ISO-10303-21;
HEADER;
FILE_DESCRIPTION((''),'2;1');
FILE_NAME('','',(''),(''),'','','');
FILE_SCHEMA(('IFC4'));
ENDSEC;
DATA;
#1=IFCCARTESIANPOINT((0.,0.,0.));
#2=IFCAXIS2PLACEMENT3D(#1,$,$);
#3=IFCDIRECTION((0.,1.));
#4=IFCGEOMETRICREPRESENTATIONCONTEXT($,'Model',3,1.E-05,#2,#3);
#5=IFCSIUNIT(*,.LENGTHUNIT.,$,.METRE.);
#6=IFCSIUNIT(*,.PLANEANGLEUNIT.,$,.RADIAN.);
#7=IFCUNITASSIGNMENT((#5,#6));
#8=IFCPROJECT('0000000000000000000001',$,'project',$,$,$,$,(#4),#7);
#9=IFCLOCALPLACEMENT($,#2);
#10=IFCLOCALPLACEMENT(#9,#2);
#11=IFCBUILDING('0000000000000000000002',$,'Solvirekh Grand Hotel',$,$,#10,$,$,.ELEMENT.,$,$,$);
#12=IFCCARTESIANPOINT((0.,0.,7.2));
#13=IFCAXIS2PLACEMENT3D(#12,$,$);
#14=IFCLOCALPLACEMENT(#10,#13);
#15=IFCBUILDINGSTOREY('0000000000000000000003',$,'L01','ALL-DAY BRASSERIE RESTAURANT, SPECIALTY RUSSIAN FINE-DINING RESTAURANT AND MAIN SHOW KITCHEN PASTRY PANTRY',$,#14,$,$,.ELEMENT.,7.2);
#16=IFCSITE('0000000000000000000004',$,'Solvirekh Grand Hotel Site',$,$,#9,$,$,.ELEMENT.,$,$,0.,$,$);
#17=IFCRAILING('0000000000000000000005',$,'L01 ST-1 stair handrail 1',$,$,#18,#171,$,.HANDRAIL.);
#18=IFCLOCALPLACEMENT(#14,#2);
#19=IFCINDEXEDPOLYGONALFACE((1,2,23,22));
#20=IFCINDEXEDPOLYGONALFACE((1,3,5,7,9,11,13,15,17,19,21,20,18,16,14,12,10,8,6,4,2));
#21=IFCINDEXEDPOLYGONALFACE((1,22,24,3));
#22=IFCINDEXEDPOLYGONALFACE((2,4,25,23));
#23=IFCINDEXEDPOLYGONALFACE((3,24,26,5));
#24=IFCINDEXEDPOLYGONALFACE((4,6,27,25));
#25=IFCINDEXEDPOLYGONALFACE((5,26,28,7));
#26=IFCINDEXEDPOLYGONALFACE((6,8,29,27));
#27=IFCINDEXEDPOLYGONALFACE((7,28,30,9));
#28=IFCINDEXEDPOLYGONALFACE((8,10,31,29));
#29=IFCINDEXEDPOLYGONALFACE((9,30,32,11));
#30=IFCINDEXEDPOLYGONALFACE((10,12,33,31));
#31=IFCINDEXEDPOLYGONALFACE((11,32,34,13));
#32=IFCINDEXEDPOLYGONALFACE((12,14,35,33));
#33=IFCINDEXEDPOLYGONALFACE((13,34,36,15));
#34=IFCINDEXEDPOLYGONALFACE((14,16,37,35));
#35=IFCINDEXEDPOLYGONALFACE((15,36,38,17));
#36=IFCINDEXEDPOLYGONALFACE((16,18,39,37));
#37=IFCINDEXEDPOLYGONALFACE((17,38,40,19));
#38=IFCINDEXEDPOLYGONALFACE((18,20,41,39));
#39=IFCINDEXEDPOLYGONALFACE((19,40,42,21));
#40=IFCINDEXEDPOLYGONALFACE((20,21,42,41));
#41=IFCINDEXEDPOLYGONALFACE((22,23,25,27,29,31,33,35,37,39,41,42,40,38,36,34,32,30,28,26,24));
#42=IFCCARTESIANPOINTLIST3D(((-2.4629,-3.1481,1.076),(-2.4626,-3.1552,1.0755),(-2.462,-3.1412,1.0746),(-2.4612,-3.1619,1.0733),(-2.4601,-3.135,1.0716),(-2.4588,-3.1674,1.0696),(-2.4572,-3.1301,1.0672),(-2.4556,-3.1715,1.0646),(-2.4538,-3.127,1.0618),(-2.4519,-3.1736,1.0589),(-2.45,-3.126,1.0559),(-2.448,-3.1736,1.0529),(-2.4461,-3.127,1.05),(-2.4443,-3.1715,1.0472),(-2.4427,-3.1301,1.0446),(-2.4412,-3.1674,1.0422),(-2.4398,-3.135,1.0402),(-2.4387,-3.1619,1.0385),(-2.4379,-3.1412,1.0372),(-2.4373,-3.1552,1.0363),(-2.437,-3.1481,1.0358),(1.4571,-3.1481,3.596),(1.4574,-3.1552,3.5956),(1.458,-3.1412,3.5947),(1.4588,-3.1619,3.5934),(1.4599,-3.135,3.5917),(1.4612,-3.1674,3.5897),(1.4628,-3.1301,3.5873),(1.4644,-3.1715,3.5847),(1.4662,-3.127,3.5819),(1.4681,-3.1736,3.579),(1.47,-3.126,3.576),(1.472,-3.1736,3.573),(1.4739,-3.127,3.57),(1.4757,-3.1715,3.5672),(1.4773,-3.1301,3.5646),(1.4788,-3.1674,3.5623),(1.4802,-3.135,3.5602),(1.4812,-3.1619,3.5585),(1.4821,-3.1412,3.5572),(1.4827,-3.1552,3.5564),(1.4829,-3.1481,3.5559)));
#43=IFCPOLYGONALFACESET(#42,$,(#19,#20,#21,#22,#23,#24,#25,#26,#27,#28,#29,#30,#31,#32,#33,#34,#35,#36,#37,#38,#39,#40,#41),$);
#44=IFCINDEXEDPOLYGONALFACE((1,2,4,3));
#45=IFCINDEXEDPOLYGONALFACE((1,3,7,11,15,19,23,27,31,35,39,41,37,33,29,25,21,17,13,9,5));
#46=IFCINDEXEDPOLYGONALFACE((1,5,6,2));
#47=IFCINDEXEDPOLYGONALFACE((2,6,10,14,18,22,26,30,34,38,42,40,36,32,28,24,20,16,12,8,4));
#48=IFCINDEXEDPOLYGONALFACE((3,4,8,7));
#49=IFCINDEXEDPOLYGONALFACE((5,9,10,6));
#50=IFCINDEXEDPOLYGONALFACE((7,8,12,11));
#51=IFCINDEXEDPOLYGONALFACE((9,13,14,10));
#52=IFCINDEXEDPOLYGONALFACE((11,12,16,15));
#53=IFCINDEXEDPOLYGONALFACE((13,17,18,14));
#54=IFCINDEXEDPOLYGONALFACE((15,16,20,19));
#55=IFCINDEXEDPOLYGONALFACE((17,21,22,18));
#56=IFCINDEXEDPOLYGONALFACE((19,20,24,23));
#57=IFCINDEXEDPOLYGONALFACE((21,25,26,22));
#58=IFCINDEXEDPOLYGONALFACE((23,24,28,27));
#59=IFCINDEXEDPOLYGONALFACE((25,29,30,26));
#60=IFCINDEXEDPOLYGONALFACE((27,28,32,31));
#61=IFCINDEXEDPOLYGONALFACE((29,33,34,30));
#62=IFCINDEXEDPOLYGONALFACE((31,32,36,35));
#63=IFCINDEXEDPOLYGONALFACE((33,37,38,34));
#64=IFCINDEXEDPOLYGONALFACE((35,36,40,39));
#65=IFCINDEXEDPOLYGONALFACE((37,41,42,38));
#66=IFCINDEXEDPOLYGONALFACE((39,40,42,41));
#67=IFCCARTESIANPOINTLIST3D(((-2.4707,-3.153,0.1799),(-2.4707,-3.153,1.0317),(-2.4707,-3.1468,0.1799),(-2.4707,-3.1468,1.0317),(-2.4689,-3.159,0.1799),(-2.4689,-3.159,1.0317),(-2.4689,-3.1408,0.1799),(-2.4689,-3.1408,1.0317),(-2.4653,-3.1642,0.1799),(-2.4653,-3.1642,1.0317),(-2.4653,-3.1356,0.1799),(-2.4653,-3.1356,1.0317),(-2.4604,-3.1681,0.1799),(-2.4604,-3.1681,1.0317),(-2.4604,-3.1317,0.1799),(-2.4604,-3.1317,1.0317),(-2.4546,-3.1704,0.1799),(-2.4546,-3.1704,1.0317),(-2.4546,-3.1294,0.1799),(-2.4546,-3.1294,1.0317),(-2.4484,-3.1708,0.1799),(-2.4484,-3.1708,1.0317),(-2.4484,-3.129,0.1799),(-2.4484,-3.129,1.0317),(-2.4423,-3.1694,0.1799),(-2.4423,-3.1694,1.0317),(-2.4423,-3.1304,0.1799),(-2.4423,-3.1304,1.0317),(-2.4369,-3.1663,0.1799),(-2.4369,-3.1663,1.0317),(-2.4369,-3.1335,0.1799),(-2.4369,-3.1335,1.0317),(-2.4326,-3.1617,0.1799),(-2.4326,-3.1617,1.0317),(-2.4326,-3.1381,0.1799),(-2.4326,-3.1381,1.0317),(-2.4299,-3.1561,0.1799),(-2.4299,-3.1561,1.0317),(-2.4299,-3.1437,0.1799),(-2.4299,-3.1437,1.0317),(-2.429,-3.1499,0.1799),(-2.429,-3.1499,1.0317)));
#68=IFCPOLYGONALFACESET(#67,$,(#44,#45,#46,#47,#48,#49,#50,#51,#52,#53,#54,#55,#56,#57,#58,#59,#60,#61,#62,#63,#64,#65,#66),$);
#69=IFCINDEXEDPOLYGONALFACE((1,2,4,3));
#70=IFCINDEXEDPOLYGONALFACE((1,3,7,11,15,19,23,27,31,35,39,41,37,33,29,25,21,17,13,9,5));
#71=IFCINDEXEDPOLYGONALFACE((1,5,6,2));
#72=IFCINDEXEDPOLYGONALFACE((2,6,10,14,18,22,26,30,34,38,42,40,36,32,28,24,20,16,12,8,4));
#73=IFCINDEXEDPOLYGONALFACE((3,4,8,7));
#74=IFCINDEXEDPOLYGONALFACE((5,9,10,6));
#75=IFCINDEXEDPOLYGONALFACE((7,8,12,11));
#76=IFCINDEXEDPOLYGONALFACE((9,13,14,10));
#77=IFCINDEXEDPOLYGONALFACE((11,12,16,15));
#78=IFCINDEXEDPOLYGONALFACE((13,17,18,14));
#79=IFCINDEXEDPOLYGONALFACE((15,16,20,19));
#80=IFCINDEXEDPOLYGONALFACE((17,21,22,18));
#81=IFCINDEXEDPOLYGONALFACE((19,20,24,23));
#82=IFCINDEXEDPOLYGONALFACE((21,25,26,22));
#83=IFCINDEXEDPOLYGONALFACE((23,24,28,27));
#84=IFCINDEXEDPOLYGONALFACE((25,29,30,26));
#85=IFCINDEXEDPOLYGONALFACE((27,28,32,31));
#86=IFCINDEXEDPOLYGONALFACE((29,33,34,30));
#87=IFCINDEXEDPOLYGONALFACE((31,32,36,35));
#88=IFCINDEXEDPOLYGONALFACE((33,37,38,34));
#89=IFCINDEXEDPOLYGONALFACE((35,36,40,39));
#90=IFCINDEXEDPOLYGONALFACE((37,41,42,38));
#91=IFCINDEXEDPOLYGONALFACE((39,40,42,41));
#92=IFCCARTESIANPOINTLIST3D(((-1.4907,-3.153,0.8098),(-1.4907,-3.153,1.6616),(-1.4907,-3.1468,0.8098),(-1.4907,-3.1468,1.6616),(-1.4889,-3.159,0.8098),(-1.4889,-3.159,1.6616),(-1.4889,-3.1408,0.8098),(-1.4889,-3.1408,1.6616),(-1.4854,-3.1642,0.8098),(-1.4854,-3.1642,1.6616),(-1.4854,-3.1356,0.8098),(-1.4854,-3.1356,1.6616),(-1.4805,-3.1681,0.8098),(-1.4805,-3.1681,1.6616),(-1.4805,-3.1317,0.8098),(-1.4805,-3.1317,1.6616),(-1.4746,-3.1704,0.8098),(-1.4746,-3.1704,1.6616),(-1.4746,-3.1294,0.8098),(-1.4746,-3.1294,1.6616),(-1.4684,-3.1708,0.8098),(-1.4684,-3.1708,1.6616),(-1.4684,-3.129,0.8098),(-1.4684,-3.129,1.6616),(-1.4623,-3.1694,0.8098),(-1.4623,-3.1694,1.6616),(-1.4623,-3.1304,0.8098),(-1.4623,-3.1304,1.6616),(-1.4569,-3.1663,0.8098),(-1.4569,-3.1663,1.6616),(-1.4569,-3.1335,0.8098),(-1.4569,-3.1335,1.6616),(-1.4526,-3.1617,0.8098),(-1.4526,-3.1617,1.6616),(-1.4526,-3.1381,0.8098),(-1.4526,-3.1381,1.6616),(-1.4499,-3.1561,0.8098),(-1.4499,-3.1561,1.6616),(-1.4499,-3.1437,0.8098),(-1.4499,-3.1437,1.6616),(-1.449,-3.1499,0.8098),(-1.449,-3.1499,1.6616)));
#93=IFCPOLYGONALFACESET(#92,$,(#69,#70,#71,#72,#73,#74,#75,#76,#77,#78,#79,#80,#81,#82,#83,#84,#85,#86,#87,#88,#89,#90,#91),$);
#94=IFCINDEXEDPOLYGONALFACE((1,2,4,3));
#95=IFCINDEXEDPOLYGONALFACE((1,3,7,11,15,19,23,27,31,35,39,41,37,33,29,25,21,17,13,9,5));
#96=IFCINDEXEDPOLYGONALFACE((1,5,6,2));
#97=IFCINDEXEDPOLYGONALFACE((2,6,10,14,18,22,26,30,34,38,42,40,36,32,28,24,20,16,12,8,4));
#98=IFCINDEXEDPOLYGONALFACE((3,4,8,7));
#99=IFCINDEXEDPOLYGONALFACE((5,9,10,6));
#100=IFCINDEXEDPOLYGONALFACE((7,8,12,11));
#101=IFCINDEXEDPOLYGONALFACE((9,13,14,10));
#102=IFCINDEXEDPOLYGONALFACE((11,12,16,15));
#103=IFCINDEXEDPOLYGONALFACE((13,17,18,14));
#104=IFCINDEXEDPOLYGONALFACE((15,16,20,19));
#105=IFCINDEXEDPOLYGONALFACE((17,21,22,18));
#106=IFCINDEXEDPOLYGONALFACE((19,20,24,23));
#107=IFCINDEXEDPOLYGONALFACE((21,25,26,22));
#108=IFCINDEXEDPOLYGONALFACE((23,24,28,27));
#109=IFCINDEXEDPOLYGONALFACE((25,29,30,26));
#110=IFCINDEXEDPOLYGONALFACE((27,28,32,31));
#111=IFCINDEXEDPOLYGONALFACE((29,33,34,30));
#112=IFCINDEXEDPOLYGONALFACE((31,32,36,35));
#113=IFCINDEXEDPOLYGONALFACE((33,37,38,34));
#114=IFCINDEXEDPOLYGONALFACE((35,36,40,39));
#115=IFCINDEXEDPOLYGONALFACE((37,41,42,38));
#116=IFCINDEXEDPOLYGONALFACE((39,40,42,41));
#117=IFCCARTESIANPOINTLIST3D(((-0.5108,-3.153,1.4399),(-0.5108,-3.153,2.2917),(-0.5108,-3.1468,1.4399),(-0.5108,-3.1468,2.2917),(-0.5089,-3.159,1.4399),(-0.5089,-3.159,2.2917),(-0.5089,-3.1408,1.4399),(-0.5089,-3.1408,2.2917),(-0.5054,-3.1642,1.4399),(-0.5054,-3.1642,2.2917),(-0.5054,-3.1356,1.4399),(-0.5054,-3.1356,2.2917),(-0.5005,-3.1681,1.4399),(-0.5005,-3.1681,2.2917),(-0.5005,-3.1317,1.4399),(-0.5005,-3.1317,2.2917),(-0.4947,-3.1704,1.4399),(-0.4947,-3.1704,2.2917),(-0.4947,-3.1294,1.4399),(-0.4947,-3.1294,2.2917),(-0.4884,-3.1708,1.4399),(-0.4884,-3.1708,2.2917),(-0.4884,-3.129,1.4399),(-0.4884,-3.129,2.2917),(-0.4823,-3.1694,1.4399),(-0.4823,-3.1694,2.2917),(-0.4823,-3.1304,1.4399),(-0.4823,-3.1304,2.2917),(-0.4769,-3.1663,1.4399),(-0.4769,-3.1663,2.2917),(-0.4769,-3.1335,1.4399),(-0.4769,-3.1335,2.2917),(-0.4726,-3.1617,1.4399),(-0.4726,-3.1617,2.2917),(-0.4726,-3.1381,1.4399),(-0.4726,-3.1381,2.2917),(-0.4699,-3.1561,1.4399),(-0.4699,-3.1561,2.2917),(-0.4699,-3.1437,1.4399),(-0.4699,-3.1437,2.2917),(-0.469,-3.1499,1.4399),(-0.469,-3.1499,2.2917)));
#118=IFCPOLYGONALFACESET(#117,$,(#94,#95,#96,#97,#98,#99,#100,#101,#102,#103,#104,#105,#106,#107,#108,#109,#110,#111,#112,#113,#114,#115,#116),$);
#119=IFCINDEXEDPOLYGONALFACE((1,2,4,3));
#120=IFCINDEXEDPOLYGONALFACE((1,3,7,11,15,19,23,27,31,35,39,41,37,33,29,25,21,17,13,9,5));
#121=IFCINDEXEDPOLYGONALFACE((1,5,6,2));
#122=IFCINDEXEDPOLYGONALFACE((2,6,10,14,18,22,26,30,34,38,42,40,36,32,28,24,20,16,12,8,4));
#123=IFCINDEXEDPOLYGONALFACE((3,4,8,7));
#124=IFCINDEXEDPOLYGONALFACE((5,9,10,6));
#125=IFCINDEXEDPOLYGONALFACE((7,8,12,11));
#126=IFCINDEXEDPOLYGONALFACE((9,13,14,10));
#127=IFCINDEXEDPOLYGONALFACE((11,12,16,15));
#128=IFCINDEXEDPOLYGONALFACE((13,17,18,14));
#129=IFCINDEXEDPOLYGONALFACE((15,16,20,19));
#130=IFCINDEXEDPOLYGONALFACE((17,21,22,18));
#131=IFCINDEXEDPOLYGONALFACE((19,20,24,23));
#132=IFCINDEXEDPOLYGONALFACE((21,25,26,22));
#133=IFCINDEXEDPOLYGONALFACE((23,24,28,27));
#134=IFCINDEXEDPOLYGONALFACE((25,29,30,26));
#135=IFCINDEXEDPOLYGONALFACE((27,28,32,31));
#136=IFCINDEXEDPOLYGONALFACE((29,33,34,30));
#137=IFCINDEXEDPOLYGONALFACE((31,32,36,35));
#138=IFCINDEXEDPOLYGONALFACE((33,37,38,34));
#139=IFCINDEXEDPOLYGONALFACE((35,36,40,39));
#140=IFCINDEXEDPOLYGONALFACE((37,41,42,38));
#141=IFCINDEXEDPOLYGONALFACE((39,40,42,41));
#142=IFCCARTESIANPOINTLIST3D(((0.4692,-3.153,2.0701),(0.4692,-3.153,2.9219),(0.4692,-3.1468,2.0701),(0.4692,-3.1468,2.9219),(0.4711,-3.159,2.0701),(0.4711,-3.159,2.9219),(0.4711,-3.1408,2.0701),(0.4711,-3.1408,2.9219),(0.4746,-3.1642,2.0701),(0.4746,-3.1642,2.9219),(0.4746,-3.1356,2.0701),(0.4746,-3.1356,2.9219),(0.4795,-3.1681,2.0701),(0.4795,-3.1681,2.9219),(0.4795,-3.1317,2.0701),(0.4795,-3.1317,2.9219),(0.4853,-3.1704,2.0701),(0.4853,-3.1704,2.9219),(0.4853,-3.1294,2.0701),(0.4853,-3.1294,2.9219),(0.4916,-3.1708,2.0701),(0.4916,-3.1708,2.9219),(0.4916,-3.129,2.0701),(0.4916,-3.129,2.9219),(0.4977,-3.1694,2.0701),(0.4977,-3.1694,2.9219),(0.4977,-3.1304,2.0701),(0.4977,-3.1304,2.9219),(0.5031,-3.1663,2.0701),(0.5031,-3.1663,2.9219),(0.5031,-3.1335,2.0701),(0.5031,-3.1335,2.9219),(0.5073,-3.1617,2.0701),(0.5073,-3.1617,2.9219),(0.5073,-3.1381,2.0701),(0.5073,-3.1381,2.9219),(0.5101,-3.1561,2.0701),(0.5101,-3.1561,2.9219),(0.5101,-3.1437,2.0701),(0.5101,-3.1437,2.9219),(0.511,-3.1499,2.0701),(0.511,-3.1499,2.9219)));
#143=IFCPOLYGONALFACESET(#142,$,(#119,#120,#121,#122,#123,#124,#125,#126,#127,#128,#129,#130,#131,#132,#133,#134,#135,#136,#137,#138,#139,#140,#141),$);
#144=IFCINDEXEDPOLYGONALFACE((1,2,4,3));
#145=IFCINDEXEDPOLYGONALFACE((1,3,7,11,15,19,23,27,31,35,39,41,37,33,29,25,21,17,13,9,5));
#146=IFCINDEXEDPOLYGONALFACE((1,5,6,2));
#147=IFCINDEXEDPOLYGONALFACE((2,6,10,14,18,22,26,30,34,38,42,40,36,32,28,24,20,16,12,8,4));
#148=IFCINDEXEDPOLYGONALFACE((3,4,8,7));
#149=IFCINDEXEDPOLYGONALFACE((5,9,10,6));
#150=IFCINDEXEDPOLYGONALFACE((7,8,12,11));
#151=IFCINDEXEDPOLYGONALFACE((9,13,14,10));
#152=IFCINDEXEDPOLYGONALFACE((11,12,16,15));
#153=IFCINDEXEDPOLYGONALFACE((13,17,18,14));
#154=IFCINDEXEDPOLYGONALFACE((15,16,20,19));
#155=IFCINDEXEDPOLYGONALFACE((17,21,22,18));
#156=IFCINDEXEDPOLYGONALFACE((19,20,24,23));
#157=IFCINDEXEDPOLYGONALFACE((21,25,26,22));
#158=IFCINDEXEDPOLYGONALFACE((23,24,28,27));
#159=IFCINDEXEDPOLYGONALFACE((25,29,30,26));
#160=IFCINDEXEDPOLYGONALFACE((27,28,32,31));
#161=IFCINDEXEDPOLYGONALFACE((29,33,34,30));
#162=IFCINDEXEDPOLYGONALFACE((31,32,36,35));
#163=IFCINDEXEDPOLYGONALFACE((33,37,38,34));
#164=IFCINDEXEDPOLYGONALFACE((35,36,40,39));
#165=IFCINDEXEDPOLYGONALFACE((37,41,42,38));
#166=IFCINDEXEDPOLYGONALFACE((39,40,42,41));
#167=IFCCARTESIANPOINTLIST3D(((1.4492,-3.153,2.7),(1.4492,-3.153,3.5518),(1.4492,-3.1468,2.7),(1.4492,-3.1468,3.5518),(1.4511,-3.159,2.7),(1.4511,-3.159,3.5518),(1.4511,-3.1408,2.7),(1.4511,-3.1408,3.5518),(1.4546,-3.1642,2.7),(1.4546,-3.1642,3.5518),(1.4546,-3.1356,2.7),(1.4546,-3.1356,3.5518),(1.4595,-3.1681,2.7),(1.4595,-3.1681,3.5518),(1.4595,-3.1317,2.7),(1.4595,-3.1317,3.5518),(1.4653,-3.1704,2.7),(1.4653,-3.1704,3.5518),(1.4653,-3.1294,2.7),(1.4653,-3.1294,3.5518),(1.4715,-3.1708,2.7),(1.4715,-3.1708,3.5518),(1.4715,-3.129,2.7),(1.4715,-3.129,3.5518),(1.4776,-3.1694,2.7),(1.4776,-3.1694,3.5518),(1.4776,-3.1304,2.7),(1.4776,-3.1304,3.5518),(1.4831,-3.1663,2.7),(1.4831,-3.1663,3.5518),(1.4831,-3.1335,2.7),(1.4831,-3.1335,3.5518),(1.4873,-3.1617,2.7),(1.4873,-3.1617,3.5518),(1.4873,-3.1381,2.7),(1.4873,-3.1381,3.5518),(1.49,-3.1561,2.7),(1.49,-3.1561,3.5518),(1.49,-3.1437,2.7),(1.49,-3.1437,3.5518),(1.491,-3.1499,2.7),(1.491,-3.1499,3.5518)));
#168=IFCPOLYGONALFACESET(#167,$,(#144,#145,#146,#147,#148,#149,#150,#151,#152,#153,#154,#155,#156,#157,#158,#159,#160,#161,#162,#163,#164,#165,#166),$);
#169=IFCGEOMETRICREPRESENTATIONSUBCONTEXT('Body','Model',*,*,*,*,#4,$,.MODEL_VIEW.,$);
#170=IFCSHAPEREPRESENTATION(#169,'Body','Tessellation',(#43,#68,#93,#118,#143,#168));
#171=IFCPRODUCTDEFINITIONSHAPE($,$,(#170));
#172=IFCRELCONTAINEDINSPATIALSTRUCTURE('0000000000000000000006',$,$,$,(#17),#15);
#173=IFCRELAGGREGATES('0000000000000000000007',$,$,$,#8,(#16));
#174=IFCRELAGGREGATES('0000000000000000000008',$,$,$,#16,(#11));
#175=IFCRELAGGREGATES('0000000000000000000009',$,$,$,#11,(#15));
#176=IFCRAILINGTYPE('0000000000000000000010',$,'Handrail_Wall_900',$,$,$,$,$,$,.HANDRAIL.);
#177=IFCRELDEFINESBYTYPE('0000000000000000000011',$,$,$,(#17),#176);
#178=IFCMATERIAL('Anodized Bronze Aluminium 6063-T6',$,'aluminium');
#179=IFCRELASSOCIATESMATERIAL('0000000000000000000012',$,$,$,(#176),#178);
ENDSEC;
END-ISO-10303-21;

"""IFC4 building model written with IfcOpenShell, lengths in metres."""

from ifc_helpers import new_model, si_unit, direction, frame, origin, origin_2d, place, context, subcontext, project, spatial, circle, extrude, material, type_object, element, save


model = new_model("IFC4")

# Units and contexts
model_context = context("Model", 3, precision=1e-05, world=origin(), true_north=direction((0.0, 1.0)))
body_context = subcontext(model_context, "Body", "Model", "MODEL_VIEW")
ifc_project = project(units=[si_unit("LENGTHUNIT", "METRE"), si_unit("PLANEANGLEUNIT", "RADIAN")], contexts=[model_context])

# Site, building, storey
site_placement = place(None, origin())
site = spatial("IfcSite", under=ifc_project, at=site_placement, Name="Solvirekh Grand Hotel Site", CompositionType="ELEMENT", RefElevation=0.0)
building_placement = place(site_placement, origin())
building = spatial("IfcBuilding", under=site, at=building_placement, Name="Solvirekh Grand Hotel", CompositionType="ELEMENT")
storey_placement = place(building_placement, frame((0.0, 0.0, 7.2)))
storey = spatial("IfcBuildingStorey", under=building, at=storey_placement, Name="L01", Description="ALL-DAY BRASSERIE RESTAURANT, SPECIALTY RUSSIAN FINE-DINING RESTAURANT AND MAIN SHOW KITCHEN PASTRY PANTRY", CompositionType="ELEMENT", Elevation=7.2)

# Shared definitions
ifc_material_1 = material(Name="Anodized Bronze Aluminium 6063-T6", Category="aluminium")

# Railing
railing_type = type_object("IfcRailingType", Name="Handrail_Wall_900", PredefinedType="HANDRAIL", material=ifc_material_1)
railing_placement = place(storey_placement, frame((-2.45, -3.1499, 0.1799)))
element("IfcRailing", 1, at=railing_placement, inside=storey, type_object=railing_type, Name="L01 ST-1 stair handrail 1", PredefinedType="HANDRAIL", context=body_context, shape_type="SweptSolid", body=[
    extrude(circle(Radius=0.0239, at=origin_2d()), frame((0.0, 0.0, 0.876), z_axis=(0.841172, 0.0, 0.540768), x_axis=(0.0, 1.0, 0.0)), (0.0, 0.0, 1.0), 4.6602),
    extrude(circle(Radius=0.021, at=origin_2d()), origin(), (0.0, 0.0, 1.0), 0.8518),
    extrude(circle(Radius=0.021, at=origin_2d()), frame((0.98, 0.0, 0.6299)), (0.0, 0.0, 1.0), 0.8518),
    extrude(circle(Radius=0.021, at=origin_2d()), frame((1.96, 0.0, 1.26)), (0.0, 0.0, 1.0), 0.8518),
    extrude(circle(Radius=0.021, at=origin_2d()), frame((2.9399, 0.0, 1.8901)), (0.0, 0.0, 1.0), 0.8518),
    extrude(circle(Radius=0.021, at=origin_2d()), frame((3.9199, 0.0, 2.52)), (0.0, 0.0, 1.0), 0.8518),
])

save(model, "model.ifc")
